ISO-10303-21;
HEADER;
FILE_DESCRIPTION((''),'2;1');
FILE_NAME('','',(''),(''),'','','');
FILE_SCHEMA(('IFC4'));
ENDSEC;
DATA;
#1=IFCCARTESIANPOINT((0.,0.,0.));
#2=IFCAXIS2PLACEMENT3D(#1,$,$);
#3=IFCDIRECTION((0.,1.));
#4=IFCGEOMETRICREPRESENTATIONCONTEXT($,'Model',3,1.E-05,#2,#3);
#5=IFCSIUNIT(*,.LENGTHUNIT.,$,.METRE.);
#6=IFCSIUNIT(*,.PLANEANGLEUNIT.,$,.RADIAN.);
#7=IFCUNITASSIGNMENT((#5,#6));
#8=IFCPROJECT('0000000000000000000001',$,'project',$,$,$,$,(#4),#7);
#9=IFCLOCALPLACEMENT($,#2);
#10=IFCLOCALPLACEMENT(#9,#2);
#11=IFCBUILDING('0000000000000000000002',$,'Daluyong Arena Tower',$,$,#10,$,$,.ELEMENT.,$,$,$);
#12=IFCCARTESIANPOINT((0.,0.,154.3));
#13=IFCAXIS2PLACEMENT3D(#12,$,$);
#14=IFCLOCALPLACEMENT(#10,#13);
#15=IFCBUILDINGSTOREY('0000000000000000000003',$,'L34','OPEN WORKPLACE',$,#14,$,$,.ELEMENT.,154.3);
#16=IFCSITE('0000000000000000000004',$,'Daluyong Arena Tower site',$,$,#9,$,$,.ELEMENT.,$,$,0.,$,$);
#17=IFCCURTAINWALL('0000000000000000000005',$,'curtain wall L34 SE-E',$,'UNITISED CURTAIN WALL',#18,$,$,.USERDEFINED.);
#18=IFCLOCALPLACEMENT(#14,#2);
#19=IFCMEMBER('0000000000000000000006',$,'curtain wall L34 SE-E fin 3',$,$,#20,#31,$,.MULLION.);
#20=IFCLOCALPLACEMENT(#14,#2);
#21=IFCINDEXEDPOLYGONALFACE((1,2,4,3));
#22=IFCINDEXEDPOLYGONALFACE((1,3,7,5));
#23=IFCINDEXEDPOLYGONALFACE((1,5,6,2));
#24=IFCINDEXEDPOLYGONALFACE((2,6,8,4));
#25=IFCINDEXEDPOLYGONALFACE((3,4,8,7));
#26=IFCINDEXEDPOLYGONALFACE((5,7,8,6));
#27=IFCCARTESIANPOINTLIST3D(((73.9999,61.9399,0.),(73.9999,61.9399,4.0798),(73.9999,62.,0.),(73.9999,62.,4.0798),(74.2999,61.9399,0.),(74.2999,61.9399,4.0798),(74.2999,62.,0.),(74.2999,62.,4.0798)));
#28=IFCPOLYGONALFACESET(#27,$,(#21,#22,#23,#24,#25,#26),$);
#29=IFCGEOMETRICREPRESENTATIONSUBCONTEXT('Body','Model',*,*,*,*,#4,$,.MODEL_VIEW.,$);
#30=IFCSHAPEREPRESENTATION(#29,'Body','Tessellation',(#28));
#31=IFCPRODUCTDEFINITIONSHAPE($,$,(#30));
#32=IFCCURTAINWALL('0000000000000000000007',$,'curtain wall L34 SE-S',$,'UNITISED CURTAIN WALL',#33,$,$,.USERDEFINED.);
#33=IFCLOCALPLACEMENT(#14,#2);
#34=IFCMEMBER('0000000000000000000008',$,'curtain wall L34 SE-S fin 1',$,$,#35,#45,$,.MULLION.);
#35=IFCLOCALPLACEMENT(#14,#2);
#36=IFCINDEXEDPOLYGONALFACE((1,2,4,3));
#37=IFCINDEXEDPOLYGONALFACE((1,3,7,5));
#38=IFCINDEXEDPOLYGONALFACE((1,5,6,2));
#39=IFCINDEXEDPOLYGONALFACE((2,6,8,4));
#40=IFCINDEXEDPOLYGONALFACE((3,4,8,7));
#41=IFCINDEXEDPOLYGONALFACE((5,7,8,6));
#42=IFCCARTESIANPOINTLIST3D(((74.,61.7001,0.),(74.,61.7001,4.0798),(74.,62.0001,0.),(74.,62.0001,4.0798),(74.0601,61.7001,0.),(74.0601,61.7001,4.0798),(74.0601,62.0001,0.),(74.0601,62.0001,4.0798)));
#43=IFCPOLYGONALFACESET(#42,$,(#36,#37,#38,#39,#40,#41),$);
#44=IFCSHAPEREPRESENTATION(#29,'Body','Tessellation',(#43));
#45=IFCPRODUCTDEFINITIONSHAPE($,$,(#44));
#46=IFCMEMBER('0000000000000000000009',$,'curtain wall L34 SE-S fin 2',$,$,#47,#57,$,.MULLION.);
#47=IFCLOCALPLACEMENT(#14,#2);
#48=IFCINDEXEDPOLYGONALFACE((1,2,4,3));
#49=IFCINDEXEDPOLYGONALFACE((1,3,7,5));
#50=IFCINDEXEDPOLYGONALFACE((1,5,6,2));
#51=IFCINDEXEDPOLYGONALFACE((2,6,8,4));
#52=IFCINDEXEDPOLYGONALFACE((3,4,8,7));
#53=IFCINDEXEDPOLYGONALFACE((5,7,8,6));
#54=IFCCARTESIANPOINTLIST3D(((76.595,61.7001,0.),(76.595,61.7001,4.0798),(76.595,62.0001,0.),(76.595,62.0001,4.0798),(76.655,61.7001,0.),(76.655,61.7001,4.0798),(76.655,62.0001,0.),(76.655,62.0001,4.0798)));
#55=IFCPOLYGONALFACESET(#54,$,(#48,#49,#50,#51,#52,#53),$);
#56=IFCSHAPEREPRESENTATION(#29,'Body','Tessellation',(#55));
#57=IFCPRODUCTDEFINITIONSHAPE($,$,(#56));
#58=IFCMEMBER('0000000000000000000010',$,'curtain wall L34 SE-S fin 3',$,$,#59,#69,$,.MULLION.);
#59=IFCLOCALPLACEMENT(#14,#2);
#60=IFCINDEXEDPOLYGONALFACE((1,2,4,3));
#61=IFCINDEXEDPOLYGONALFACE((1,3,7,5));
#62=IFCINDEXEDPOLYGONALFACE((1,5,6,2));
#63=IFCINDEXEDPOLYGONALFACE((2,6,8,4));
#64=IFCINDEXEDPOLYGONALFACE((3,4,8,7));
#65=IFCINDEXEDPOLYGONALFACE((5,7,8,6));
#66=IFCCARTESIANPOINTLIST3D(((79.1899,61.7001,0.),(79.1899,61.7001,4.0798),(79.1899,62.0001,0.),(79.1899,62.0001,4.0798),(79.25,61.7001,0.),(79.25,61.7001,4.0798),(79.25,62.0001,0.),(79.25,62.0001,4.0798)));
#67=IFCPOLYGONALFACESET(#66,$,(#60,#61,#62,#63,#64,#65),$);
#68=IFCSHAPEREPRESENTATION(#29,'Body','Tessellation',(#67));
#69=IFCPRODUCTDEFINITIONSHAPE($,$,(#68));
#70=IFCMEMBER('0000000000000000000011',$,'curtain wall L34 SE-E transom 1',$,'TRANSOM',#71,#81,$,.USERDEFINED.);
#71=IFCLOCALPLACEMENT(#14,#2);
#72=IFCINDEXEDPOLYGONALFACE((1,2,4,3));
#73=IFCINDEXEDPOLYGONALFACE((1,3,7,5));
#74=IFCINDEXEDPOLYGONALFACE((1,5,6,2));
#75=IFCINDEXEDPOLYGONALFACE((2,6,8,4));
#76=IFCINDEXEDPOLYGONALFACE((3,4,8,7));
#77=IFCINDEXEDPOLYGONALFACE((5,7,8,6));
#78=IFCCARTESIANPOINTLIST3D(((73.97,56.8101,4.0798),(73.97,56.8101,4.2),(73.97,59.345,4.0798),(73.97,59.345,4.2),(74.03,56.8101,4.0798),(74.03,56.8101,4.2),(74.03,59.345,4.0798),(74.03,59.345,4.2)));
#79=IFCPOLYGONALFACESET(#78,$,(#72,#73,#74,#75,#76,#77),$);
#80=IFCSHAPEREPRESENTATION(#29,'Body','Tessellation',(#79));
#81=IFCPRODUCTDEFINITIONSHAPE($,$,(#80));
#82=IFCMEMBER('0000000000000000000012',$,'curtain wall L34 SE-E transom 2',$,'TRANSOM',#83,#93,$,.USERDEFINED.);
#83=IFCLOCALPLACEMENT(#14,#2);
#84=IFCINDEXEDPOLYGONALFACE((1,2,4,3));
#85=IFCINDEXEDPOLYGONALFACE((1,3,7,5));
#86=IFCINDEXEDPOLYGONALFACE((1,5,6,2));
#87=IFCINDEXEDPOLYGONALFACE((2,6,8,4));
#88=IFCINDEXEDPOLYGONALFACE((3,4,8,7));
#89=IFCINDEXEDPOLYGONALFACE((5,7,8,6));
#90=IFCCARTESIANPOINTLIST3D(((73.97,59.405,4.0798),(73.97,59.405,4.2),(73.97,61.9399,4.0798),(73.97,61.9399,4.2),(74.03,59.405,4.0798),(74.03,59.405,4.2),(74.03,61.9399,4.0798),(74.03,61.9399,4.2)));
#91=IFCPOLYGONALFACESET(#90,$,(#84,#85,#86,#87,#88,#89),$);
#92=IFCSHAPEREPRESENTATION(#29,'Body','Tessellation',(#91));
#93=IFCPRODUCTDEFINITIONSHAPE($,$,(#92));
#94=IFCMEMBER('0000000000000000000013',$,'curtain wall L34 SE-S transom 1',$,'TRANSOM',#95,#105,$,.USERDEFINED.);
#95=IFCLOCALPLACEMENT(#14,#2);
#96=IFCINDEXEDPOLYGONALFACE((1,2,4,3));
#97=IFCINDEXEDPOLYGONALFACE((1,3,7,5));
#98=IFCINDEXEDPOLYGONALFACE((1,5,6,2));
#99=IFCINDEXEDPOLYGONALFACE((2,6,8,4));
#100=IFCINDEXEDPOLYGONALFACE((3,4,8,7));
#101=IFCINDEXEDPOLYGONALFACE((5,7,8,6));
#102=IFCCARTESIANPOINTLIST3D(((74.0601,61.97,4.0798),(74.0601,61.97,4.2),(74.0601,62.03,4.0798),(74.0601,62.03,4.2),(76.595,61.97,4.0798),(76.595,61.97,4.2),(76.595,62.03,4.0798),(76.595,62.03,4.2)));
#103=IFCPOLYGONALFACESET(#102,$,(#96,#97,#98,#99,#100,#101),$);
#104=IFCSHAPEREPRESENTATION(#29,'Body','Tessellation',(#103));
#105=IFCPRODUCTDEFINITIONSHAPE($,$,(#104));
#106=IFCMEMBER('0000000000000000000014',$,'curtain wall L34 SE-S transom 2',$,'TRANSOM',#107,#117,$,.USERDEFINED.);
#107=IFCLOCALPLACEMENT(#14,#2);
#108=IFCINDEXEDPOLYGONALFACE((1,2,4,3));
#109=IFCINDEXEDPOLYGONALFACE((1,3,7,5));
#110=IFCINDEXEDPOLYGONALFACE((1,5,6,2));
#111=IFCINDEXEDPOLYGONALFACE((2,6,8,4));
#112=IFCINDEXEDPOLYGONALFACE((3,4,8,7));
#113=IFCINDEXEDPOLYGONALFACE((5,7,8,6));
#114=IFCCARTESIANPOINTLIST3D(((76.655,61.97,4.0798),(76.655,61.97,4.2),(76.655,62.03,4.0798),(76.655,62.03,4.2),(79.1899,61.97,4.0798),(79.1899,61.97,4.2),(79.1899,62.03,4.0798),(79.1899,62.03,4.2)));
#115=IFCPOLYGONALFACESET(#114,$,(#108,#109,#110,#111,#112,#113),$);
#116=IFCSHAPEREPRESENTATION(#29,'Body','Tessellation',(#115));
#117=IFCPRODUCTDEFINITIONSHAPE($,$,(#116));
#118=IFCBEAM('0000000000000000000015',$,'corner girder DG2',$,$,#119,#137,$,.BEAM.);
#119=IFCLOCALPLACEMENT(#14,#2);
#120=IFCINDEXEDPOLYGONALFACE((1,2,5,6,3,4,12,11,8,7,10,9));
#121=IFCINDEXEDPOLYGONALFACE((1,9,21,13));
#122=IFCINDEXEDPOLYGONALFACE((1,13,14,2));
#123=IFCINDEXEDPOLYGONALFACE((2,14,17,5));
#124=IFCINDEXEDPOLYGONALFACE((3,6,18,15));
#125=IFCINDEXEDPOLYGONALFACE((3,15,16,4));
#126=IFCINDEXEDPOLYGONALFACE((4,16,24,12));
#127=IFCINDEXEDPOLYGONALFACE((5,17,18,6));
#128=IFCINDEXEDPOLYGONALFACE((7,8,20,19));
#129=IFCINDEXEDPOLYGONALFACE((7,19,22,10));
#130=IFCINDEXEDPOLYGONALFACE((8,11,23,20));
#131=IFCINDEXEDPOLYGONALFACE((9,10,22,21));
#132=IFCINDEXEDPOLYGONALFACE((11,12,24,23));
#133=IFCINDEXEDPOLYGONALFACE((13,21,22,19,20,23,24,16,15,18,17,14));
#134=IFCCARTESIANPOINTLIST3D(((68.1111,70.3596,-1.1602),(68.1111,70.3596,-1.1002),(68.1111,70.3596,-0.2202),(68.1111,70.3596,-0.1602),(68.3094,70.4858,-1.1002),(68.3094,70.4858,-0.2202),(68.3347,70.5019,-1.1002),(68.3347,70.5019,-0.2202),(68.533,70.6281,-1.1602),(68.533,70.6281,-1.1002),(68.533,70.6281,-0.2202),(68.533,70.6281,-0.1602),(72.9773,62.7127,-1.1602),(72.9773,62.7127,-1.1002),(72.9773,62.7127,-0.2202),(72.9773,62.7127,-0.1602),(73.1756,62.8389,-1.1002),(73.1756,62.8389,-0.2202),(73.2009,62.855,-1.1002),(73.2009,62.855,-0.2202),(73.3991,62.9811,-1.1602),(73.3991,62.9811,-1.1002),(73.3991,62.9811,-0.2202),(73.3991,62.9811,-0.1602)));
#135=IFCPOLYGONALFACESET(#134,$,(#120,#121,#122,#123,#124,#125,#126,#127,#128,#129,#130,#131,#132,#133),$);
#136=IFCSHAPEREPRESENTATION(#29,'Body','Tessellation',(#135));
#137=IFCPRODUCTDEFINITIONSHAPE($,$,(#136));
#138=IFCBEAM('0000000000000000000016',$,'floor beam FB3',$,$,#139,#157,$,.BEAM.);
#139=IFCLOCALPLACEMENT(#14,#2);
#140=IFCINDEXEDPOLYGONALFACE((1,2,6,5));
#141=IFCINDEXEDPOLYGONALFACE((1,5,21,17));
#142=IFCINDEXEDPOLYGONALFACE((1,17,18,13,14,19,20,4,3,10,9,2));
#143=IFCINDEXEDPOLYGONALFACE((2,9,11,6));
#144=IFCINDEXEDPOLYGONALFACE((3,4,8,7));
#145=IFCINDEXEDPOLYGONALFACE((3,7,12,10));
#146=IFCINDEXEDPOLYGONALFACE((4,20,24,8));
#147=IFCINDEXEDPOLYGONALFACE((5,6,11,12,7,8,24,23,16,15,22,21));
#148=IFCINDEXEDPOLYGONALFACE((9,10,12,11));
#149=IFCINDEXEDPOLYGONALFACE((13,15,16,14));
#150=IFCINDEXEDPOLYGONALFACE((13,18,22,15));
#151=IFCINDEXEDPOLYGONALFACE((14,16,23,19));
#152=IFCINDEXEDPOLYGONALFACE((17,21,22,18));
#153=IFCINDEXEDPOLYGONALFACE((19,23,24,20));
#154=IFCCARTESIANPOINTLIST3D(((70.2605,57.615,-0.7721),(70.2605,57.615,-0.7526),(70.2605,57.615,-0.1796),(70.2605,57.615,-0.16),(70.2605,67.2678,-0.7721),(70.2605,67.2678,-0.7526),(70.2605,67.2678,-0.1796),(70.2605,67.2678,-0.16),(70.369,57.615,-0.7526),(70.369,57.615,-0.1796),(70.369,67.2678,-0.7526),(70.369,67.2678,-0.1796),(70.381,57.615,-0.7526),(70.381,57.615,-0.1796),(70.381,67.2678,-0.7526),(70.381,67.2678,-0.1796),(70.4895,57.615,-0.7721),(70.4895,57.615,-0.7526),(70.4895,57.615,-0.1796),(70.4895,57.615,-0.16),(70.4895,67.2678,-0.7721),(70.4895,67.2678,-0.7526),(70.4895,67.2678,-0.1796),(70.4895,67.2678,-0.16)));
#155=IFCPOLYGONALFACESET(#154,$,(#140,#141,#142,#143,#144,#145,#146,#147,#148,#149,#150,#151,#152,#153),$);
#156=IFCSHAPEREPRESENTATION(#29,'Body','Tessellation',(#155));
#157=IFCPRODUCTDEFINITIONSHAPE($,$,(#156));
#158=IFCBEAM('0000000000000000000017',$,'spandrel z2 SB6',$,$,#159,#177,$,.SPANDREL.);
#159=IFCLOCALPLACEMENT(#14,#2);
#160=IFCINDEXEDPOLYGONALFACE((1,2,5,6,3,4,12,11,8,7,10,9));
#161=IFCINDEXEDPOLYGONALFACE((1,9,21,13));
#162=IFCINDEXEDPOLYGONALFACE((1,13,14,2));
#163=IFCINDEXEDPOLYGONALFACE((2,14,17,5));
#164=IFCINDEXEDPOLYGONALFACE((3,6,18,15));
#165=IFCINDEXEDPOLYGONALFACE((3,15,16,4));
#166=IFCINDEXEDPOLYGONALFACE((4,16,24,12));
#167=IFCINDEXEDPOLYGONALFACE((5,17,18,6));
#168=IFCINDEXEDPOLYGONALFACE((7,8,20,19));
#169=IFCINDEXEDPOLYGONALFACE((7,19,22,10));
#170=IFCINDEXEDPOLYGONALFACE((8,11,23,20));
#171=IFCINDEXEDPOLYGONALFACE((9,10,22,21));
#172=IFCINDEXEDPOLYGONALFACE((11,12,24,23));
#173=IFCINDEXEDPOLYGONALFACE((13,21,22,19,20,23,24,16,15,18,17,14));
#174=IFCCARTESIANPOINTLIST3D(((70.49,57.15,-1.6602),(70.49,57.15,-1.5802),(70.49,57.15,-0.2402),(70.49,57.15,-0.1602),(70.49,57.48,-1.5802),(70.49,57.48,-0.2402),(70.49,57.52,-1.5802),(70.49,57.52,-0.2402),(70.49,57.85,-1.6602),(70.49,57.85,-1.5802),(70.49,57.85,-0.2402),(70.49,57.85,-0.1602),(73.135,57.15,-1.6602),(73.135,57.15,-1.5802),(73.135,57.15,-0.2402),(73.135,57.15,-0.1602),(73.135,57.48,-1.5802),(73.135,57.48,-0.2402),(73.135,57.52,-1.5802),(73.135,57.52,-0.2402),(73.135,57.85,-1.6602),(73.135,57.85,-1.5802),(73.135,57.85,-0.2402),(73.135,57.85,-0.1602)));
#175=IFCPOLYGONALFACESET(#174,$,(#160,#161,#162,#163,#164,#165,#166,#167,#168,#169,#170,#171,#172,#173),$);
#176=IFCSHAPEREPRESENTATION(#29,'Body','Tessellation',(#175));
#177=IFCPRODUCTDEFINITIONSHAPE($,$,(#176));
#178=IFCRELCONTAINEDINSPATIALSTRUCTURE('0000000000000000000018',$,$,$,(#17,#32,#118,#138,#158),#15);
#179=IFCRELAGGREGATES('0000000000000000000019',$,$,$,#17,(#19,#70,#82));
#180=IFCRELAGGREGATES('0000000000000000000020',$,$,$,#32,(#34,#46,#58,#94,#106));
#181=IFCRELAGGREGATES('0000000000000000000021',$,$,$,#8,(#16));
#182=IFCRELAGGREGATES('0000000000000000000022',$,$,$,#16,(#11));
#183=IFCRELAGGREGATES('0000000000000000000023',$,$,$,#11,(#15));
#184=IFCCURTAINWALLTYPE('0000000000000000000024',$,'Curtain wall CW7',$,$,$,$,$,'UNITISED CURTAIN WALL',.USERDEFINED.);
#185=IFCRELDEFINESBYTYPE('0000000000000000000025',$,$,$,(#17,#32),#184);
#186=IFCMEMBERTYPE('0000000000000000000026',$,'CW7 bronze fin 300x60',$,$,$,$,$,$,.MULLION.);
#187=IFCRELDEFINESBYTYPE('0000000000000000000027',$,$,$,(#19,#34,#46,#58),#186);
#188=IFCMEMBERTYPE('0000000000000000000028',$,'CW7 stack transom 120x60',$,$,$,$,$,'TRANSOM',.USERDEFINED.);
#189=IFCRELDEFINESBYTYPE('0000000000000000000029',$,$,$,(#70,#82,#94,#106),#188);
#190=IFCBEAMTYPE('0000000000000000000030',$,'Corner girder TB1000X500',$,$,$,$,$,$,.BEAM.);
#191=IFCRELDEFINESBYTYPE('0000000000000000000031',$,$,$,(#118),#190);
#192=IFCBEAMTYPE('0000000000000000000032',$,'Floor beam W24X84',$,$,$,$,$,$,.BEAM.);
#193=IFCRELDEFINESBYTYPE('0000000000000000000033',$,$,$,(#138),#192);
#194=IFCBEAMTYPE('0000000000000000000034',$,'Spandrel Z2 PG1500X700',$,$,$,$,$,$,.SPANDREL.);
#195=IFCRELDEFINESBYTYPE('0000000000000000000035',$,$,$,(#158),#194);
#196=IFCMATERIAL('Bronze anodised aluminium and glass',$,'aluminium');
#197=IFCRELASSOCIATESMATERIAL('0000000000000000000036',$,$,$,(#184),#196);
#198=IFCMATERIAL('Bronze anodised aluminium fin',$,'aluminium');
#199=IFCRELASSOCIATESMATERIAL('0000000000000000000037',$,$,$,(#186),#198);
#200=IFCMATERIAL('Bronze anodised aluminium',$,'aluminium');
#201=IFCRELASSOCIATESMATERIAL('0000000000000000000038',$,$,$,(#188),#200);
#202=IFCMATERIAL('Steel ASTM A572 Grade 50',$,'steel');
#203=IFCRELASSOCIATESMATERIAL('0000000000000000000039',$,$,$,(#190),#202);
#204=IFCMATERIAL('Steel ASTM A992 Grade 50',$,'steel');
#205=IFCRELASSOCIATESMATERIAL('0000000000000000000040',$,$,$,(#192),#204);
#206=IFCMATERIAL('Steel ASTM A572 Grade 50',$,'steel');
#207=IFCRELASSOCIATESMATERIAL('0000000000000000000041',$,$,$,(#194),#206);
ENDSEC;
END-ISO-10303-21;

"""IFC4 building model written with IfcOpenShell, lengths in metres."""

from ifc_helpers import new_model, si_unit, direction, frame, origin, origin_2d, place, context, subcontext, project, spatial, rectangle, i_section, extrude, material, material_profile, profile_set, type_object, element, aggregate, save


model = new_model("IFC4")

# Units and contexts
model_context = context("Model", 3, precision=1e-05, world=origin(), true_north=direction((0.0, 1.0)))
body_context = subcontext(model_context, "Body", "Model", "MODEL_VIEW")
ifc_project = project(units=[si_unit("LENGTHUNIT", "METRE"), si_unit("PLANEANGLEUNIT", "RADIAN")], contexts=[model_context])

# Site, building, storey
site_placement = place(None, origin())
site = spatial("IfcSite", under=ifc_project, at=site_placement, Name="Daluyong Arena Tower site", CompositionType="ELEMENT", RefElevation=0.0)
building_placement = place(site_placement, origin())
building = spatial("IfcBuilding", under=site, at=building_placement, Name="Daluyong Arena Tower", CompositionType="ELEMENT")
storey_placement = place(building_placement, frame((0.0, 0.0, 154.3)))
storey = spatial("IfcBuildingStorey", under=building, at=storey_placement, Name="L34", Description="OPEN WORKPLACE", CompositionType="ELEMENT", Elevation=154.3)

# Curtain walls, members
ifc_material_1 = material(Name="Bronze anodised aluminium and glass", Category="aluminium")
curtain_wall_type_1 = type_object("IfcCurtainWallType", Name="Curtain wall CW7", ElementType="UNITISED CURTAIN WALL", PredefinedType="USERDEFINED", material=ifc_material_1)
curtain_wall_1_placement = place(storey_placement, origin())
curtain_wall_1 = element("IfcCurtainWall", 1, at=curtain_wall_1_placement, inside=storey, type_object=curtain_wall_type_1, Name="curtain wall L34 SE-E", ObjectType="UNITISED CURTAIN WALL", PredefinedType="USERDEFINED")
ifc_material_2 = material(Name="Bronze anodised aluminium fin", Category="aluminium")
ifc_material_profile_1 = material_profile(ifc_material_2, rectangle(XDim=0.3, YDim=0.0601, at=origin_2d()))
ifc_profile_set_1 = profile_set([ifc_material_profile_1], Name="Bronze anodised aluminium fin")
member_type_1 = type_object("IfcMemberType", Name="CW7 bronze fin 300x60", PredefinedType="MULLION", material=ifc_profile_set_1)
member_1_placement = place(storey_placement, frame((74.1499, 61.97, 0.0), z_axis=(0.0, 0.0, 1.0), x_axis=(-1.0, 0.0, 0.0)))
member_1 = element("IfcMember", 2, at=member_1_placement, type_object=member_type_1, Name="curtain wall L34 SE-E fin 3", PredefinedType="MULLION", context=body_context, shape_type="SweptSolid", body=[
    extrude(rectangle(XDim=0.3, YDim=0.0601, at=origin_2d()), origin(), (0.0, 0.0, 1.0), 4.0798),
])
curtain_wall_2_placement = place(storey_placement, origin())
curtain_wall_2 = element("IfcCurtainWall", 3, at=curtain_wall_2_placement, inside=storey, type_object=curtain_wall_type_1, Name="curtain wall L34 SE-S", ObjectType="UNITISED CURTAIN WALL", PredefinedType="USERDEFINED")
member_2_placement = place(storey_placement, frame((74.03, 61.8501, 0.0), z_axis=(0.0, 0.0, 1.0), x_axis=(0.0, 1.0, 0.0)))
member_2 = element("IfcMember", 4, at=member_2_placement, type_object=member_type_1, Name="curtain wall L34 SE-S fin 1", PredefinedType="MULLION", context=body_context, shape_type="SweptSolid", body=[
    extrude(rectangle(XDim=0.3, YDim=0.0601, at=origin_2d()), origin(), (0.0, 0.0, 1.0), 4.0798),
])
member_3_placement = place(storey_placement, frame((76.625, 61.8501, 0.0), z_axis=(0.0, 0.0, 1.0), x_axis=(0.0, 1.0, 0.0)))
member_3 = element("IfcMember", 5, at=member_3_placement, type_object=member_type_1, Name="curtain wall L34 SE-S fin 2", PredefinedType="MULLION", context=body_context, shape_type="SweptSolid", body=[
    extrude(rectangle(XDim=0.3, YDim=0.0601, at=origin_2d()), origin(), (0.0, 0.0, 1.0), 4.0798),
])
member_4_placement = place(storey_placement, frame((79.22, 61.8501, 0.0), z_axis=(0.0, 0.0, 1.0), x_axis=(0.0, 1.0, 0.0)))
member_4 = element("IfcMember", 6, at=member_4_placement, type_object=member_type_1, Name="curtain wall L34 SE-S fin 3", PredefinedType="MULLION", context=body_context, shape_type="SweptSolid", body=[
    extrude(rectangle(XDim=0.3, YDim=0.0601, at=origin_2d()), origin(), (0.0, 0.0, 1.0), 4.0798),
])

# Members
ifc_material_3 = material(Name="Bronze anodised aluminium", Category="aluminium")
ifc_material_profile_2 = material_profile(ifc_material_3, rectangle(XDim=0.0601, YDim=0.1201, at=origin_2d()))
ifc_profile_set_2 = profile_set([ifc_material_profile_2], Name="Bronze anodised aluminium")
member_type_2 = type_object("IfcMemberType", Name="CW7 stack transom 120x60", ElementType="TRANSOM", PredefinedType="USERDEFINED", material=ifc_profile_set_2)
member_5_placement = place(storey_placement, frame((74.0, 56.8101, 4.1399), z_axis=(0.0, 1.0, 0.0), x_axis=(-1.0, 0.0, 0.0)))
member_5 = element("IfcMember", 7, at=member_5_placement, type_object=member_type_2, Name="curtain wall L34 SE-E transom 1", ObjectType="TRANSOM", PredefinedType="USERDEFINED", context=body_context, shape_type="SweptSolid", body=[
    extrude(rectangle(XDim=0.0601, YDim=0.1201, at=origin_2d()), origin(), (0.0, 0.0, 1.0), 2.5349),
])
member_6_placement = place(storey_placement, frame((74.0, 59.405, 4.1399), z_axis=(0.0, 1.0, 0.0), x_axis=(-1.0, 0.0, 0.0)))
member_6 = element("IfcMember", 8, at=member_6_placement, type_object=member_type_2, Name="curtain wall L34 SE-E transom 2", ObjectType="TRANSOM", PredefinedType="USERDEFINED", context=body_context, shape_type="SweptSolid", body=[
    extrude(rectangle(XDim=0.0601, YDim=0.1201, at=origin_2d()), origin(), (0.0, 0.0, 1.0), 2.5349),
])
member_7_placement = place(storey_placement, frame((74.0601, 62.0, 4.1399), z_axis=(1.0, 0.0, 0.0), x_axis=(0.0, 1.0, 0.0)))
member_7 = element("IfcMember", 9, at=member_7_placement, type_object=member_type_2, Name="curtain wall L34 SE-S transom 1", ObjectType="TRANSOM", PredefinedType="USERDEFINED", context=body_context, shape_type="SweptSolid", body=[
    extrude(rectangle(XDim=0.0601, YDim=0.1201, at=origin_2d()), origin(), (0.0, 0.0, 1.0), 2.5349),
])
member_8_placement = place(storey_placement, frame((76.655, 62.0, 4.1399), z_axis=(1.0, 0.0, 0.0), x_axis=(0.0, 1.0, 0.0)))
member_8 = element("IfcMember", 10, at=member_8_placement, type_object=member_type_2, Name="curtain wall L34 SE-S transom 2", ObjectType="TRANSOM", PredefinedType="USERDEFINED", context=body_context, shape_type="SweptSolid", body=[
    extrude(rectangle(XDim=0.0601, YDim=0.1201, at=origin_2d()), origin(), (0.0, 0.0, 1.0), 2.5349),
])

# Beams
ifc_material_4 = material(Name="Steel ASTM A572 Grade 50", Category="steel")
ifc_material_profile_3 = material_profile(ifc_material_4, i_section(OverallWidth=0.5, OverallDepth=1.0, WebThickness=0.03, FlangeThickness=0.06, at=origin_2d()))
ifc_profile_set_3 = profile_set([ifc_material_profile_3], Name="Steel ASTM A572 Grade 50")
beam_type_1 = type_object("IfcBeamType", Name="Corner girder TB1000X500", PredefinedType="BEAM", material=ifc_profile_set_3)
beam_1_placement = place(storey_placement, frame((73.1882, 62.8469, -0.6602), z_axis=(-0.536872, 0.843664, 0.0), x_axis=(-0.843664, -0.536872, 0.0)))
element("IfcBeam", 11, at=beam_1_placement, inside=storey, type_object=beam_type_1, Name="corner girder DG2", PredefinedType="BEAM", context=body_context, shape_type="SweptSolid", body=[
    extrude(i_section(OverallWidth=0.5, OverallDepth=1.0, WebThickness=0.03, FlangeThickness=0.06, at=origin_2d()), origin(), (0.0, 0.0, 1.0), 9.064),
])
ifc_material_5 = material(Name="Steel ASTM A992 Grade 50", Category="steel")
ifc_material_profile_4 = material_profile(ifc_material_5, i_section(OverallWidth=0.229, OverallDepth=0.6121, WebThickness=0.012, FlangeThickness=0.0195, at=origin_2d()))
ifc_profile_set_4 = profile_set([ifc_material_profile_4], Name="Steel ASTM A992 Grade 50")
beam_type_2 = type_object("IfcBeamType", Name="Floor beam W24X84", PredefinedType="BEAM", material=ifc_profile_set_4)
beam_2_placement = place(storey_placement, frame((70.375, 57.615, -0.4661), z_axis=(0.0, 1.0, 0.0), x_axis=(-1.0, 0.0, 0.0)))
element("IfcBeam", 12, at=beam_2_placement, inside=storey, type_object=beam_type_2, Name="floor beam FB3", PredefinedType="BEAM", context=body_context, shape_type="SweptSolid", body=[
    extrude(i_section(OverallWidth=0.229, OverallDepth=0.6121, WebThickness=0.012, FlangeThickness=0.0195, at=origin_2d()), origin(), (0.0, 0.0, 1.0), 9.6528),
])
ifc_material_6 = material(Name="Steel ASTM A572 Grade 50", Category="steel")
ifc_material_profile_5 = material_profile(ifc_material_6, i_section(OverallWidth=0.7, OverallDepth=1.5, WebThickness=0.04, FlangeThickness=0.08, at=origin_2d()))
ifc_profile_set_5 = profile_set([ifc_material_profile_5], Name="Steel ASTM A572 Grade 50")
beam_type_3 = type_object("IfcBeamType", Name="Spandrel Z2 PG1500X700", PredefinedType="SPANDREL", material=ifc_profile_set_5)
beam_3_placement = place(storey_placement, frame((70.49, 57.5, -0.9102), z_axis=(1.0, 0.0, 0.0), x_axis=(0.0, 1.0, 0.0)))
element("IfcBeam", 13, at=beam_3_placement, inside=storey, type_object=beam_type_3, Name="spandrel z2 SB6", PredefinedType="SPANDREL", context=body_context, shape_type="SweptSolid", body=[
    extrude(i_section(OverallWidth=0.7, OverallDepth=1.5, WebThickness=0.04, FlangeThickness=0.08, at=origin_2d()), origin(), (0.0, 0.0, 1.0), 2.645),
])

aggregate(curtain_wall_1, [member_1, member_5, member_6])
aggregate(curtain_wall_2, [member_2, member_3, member_4, member_7, member_8])

save(model, "model.ifc")
